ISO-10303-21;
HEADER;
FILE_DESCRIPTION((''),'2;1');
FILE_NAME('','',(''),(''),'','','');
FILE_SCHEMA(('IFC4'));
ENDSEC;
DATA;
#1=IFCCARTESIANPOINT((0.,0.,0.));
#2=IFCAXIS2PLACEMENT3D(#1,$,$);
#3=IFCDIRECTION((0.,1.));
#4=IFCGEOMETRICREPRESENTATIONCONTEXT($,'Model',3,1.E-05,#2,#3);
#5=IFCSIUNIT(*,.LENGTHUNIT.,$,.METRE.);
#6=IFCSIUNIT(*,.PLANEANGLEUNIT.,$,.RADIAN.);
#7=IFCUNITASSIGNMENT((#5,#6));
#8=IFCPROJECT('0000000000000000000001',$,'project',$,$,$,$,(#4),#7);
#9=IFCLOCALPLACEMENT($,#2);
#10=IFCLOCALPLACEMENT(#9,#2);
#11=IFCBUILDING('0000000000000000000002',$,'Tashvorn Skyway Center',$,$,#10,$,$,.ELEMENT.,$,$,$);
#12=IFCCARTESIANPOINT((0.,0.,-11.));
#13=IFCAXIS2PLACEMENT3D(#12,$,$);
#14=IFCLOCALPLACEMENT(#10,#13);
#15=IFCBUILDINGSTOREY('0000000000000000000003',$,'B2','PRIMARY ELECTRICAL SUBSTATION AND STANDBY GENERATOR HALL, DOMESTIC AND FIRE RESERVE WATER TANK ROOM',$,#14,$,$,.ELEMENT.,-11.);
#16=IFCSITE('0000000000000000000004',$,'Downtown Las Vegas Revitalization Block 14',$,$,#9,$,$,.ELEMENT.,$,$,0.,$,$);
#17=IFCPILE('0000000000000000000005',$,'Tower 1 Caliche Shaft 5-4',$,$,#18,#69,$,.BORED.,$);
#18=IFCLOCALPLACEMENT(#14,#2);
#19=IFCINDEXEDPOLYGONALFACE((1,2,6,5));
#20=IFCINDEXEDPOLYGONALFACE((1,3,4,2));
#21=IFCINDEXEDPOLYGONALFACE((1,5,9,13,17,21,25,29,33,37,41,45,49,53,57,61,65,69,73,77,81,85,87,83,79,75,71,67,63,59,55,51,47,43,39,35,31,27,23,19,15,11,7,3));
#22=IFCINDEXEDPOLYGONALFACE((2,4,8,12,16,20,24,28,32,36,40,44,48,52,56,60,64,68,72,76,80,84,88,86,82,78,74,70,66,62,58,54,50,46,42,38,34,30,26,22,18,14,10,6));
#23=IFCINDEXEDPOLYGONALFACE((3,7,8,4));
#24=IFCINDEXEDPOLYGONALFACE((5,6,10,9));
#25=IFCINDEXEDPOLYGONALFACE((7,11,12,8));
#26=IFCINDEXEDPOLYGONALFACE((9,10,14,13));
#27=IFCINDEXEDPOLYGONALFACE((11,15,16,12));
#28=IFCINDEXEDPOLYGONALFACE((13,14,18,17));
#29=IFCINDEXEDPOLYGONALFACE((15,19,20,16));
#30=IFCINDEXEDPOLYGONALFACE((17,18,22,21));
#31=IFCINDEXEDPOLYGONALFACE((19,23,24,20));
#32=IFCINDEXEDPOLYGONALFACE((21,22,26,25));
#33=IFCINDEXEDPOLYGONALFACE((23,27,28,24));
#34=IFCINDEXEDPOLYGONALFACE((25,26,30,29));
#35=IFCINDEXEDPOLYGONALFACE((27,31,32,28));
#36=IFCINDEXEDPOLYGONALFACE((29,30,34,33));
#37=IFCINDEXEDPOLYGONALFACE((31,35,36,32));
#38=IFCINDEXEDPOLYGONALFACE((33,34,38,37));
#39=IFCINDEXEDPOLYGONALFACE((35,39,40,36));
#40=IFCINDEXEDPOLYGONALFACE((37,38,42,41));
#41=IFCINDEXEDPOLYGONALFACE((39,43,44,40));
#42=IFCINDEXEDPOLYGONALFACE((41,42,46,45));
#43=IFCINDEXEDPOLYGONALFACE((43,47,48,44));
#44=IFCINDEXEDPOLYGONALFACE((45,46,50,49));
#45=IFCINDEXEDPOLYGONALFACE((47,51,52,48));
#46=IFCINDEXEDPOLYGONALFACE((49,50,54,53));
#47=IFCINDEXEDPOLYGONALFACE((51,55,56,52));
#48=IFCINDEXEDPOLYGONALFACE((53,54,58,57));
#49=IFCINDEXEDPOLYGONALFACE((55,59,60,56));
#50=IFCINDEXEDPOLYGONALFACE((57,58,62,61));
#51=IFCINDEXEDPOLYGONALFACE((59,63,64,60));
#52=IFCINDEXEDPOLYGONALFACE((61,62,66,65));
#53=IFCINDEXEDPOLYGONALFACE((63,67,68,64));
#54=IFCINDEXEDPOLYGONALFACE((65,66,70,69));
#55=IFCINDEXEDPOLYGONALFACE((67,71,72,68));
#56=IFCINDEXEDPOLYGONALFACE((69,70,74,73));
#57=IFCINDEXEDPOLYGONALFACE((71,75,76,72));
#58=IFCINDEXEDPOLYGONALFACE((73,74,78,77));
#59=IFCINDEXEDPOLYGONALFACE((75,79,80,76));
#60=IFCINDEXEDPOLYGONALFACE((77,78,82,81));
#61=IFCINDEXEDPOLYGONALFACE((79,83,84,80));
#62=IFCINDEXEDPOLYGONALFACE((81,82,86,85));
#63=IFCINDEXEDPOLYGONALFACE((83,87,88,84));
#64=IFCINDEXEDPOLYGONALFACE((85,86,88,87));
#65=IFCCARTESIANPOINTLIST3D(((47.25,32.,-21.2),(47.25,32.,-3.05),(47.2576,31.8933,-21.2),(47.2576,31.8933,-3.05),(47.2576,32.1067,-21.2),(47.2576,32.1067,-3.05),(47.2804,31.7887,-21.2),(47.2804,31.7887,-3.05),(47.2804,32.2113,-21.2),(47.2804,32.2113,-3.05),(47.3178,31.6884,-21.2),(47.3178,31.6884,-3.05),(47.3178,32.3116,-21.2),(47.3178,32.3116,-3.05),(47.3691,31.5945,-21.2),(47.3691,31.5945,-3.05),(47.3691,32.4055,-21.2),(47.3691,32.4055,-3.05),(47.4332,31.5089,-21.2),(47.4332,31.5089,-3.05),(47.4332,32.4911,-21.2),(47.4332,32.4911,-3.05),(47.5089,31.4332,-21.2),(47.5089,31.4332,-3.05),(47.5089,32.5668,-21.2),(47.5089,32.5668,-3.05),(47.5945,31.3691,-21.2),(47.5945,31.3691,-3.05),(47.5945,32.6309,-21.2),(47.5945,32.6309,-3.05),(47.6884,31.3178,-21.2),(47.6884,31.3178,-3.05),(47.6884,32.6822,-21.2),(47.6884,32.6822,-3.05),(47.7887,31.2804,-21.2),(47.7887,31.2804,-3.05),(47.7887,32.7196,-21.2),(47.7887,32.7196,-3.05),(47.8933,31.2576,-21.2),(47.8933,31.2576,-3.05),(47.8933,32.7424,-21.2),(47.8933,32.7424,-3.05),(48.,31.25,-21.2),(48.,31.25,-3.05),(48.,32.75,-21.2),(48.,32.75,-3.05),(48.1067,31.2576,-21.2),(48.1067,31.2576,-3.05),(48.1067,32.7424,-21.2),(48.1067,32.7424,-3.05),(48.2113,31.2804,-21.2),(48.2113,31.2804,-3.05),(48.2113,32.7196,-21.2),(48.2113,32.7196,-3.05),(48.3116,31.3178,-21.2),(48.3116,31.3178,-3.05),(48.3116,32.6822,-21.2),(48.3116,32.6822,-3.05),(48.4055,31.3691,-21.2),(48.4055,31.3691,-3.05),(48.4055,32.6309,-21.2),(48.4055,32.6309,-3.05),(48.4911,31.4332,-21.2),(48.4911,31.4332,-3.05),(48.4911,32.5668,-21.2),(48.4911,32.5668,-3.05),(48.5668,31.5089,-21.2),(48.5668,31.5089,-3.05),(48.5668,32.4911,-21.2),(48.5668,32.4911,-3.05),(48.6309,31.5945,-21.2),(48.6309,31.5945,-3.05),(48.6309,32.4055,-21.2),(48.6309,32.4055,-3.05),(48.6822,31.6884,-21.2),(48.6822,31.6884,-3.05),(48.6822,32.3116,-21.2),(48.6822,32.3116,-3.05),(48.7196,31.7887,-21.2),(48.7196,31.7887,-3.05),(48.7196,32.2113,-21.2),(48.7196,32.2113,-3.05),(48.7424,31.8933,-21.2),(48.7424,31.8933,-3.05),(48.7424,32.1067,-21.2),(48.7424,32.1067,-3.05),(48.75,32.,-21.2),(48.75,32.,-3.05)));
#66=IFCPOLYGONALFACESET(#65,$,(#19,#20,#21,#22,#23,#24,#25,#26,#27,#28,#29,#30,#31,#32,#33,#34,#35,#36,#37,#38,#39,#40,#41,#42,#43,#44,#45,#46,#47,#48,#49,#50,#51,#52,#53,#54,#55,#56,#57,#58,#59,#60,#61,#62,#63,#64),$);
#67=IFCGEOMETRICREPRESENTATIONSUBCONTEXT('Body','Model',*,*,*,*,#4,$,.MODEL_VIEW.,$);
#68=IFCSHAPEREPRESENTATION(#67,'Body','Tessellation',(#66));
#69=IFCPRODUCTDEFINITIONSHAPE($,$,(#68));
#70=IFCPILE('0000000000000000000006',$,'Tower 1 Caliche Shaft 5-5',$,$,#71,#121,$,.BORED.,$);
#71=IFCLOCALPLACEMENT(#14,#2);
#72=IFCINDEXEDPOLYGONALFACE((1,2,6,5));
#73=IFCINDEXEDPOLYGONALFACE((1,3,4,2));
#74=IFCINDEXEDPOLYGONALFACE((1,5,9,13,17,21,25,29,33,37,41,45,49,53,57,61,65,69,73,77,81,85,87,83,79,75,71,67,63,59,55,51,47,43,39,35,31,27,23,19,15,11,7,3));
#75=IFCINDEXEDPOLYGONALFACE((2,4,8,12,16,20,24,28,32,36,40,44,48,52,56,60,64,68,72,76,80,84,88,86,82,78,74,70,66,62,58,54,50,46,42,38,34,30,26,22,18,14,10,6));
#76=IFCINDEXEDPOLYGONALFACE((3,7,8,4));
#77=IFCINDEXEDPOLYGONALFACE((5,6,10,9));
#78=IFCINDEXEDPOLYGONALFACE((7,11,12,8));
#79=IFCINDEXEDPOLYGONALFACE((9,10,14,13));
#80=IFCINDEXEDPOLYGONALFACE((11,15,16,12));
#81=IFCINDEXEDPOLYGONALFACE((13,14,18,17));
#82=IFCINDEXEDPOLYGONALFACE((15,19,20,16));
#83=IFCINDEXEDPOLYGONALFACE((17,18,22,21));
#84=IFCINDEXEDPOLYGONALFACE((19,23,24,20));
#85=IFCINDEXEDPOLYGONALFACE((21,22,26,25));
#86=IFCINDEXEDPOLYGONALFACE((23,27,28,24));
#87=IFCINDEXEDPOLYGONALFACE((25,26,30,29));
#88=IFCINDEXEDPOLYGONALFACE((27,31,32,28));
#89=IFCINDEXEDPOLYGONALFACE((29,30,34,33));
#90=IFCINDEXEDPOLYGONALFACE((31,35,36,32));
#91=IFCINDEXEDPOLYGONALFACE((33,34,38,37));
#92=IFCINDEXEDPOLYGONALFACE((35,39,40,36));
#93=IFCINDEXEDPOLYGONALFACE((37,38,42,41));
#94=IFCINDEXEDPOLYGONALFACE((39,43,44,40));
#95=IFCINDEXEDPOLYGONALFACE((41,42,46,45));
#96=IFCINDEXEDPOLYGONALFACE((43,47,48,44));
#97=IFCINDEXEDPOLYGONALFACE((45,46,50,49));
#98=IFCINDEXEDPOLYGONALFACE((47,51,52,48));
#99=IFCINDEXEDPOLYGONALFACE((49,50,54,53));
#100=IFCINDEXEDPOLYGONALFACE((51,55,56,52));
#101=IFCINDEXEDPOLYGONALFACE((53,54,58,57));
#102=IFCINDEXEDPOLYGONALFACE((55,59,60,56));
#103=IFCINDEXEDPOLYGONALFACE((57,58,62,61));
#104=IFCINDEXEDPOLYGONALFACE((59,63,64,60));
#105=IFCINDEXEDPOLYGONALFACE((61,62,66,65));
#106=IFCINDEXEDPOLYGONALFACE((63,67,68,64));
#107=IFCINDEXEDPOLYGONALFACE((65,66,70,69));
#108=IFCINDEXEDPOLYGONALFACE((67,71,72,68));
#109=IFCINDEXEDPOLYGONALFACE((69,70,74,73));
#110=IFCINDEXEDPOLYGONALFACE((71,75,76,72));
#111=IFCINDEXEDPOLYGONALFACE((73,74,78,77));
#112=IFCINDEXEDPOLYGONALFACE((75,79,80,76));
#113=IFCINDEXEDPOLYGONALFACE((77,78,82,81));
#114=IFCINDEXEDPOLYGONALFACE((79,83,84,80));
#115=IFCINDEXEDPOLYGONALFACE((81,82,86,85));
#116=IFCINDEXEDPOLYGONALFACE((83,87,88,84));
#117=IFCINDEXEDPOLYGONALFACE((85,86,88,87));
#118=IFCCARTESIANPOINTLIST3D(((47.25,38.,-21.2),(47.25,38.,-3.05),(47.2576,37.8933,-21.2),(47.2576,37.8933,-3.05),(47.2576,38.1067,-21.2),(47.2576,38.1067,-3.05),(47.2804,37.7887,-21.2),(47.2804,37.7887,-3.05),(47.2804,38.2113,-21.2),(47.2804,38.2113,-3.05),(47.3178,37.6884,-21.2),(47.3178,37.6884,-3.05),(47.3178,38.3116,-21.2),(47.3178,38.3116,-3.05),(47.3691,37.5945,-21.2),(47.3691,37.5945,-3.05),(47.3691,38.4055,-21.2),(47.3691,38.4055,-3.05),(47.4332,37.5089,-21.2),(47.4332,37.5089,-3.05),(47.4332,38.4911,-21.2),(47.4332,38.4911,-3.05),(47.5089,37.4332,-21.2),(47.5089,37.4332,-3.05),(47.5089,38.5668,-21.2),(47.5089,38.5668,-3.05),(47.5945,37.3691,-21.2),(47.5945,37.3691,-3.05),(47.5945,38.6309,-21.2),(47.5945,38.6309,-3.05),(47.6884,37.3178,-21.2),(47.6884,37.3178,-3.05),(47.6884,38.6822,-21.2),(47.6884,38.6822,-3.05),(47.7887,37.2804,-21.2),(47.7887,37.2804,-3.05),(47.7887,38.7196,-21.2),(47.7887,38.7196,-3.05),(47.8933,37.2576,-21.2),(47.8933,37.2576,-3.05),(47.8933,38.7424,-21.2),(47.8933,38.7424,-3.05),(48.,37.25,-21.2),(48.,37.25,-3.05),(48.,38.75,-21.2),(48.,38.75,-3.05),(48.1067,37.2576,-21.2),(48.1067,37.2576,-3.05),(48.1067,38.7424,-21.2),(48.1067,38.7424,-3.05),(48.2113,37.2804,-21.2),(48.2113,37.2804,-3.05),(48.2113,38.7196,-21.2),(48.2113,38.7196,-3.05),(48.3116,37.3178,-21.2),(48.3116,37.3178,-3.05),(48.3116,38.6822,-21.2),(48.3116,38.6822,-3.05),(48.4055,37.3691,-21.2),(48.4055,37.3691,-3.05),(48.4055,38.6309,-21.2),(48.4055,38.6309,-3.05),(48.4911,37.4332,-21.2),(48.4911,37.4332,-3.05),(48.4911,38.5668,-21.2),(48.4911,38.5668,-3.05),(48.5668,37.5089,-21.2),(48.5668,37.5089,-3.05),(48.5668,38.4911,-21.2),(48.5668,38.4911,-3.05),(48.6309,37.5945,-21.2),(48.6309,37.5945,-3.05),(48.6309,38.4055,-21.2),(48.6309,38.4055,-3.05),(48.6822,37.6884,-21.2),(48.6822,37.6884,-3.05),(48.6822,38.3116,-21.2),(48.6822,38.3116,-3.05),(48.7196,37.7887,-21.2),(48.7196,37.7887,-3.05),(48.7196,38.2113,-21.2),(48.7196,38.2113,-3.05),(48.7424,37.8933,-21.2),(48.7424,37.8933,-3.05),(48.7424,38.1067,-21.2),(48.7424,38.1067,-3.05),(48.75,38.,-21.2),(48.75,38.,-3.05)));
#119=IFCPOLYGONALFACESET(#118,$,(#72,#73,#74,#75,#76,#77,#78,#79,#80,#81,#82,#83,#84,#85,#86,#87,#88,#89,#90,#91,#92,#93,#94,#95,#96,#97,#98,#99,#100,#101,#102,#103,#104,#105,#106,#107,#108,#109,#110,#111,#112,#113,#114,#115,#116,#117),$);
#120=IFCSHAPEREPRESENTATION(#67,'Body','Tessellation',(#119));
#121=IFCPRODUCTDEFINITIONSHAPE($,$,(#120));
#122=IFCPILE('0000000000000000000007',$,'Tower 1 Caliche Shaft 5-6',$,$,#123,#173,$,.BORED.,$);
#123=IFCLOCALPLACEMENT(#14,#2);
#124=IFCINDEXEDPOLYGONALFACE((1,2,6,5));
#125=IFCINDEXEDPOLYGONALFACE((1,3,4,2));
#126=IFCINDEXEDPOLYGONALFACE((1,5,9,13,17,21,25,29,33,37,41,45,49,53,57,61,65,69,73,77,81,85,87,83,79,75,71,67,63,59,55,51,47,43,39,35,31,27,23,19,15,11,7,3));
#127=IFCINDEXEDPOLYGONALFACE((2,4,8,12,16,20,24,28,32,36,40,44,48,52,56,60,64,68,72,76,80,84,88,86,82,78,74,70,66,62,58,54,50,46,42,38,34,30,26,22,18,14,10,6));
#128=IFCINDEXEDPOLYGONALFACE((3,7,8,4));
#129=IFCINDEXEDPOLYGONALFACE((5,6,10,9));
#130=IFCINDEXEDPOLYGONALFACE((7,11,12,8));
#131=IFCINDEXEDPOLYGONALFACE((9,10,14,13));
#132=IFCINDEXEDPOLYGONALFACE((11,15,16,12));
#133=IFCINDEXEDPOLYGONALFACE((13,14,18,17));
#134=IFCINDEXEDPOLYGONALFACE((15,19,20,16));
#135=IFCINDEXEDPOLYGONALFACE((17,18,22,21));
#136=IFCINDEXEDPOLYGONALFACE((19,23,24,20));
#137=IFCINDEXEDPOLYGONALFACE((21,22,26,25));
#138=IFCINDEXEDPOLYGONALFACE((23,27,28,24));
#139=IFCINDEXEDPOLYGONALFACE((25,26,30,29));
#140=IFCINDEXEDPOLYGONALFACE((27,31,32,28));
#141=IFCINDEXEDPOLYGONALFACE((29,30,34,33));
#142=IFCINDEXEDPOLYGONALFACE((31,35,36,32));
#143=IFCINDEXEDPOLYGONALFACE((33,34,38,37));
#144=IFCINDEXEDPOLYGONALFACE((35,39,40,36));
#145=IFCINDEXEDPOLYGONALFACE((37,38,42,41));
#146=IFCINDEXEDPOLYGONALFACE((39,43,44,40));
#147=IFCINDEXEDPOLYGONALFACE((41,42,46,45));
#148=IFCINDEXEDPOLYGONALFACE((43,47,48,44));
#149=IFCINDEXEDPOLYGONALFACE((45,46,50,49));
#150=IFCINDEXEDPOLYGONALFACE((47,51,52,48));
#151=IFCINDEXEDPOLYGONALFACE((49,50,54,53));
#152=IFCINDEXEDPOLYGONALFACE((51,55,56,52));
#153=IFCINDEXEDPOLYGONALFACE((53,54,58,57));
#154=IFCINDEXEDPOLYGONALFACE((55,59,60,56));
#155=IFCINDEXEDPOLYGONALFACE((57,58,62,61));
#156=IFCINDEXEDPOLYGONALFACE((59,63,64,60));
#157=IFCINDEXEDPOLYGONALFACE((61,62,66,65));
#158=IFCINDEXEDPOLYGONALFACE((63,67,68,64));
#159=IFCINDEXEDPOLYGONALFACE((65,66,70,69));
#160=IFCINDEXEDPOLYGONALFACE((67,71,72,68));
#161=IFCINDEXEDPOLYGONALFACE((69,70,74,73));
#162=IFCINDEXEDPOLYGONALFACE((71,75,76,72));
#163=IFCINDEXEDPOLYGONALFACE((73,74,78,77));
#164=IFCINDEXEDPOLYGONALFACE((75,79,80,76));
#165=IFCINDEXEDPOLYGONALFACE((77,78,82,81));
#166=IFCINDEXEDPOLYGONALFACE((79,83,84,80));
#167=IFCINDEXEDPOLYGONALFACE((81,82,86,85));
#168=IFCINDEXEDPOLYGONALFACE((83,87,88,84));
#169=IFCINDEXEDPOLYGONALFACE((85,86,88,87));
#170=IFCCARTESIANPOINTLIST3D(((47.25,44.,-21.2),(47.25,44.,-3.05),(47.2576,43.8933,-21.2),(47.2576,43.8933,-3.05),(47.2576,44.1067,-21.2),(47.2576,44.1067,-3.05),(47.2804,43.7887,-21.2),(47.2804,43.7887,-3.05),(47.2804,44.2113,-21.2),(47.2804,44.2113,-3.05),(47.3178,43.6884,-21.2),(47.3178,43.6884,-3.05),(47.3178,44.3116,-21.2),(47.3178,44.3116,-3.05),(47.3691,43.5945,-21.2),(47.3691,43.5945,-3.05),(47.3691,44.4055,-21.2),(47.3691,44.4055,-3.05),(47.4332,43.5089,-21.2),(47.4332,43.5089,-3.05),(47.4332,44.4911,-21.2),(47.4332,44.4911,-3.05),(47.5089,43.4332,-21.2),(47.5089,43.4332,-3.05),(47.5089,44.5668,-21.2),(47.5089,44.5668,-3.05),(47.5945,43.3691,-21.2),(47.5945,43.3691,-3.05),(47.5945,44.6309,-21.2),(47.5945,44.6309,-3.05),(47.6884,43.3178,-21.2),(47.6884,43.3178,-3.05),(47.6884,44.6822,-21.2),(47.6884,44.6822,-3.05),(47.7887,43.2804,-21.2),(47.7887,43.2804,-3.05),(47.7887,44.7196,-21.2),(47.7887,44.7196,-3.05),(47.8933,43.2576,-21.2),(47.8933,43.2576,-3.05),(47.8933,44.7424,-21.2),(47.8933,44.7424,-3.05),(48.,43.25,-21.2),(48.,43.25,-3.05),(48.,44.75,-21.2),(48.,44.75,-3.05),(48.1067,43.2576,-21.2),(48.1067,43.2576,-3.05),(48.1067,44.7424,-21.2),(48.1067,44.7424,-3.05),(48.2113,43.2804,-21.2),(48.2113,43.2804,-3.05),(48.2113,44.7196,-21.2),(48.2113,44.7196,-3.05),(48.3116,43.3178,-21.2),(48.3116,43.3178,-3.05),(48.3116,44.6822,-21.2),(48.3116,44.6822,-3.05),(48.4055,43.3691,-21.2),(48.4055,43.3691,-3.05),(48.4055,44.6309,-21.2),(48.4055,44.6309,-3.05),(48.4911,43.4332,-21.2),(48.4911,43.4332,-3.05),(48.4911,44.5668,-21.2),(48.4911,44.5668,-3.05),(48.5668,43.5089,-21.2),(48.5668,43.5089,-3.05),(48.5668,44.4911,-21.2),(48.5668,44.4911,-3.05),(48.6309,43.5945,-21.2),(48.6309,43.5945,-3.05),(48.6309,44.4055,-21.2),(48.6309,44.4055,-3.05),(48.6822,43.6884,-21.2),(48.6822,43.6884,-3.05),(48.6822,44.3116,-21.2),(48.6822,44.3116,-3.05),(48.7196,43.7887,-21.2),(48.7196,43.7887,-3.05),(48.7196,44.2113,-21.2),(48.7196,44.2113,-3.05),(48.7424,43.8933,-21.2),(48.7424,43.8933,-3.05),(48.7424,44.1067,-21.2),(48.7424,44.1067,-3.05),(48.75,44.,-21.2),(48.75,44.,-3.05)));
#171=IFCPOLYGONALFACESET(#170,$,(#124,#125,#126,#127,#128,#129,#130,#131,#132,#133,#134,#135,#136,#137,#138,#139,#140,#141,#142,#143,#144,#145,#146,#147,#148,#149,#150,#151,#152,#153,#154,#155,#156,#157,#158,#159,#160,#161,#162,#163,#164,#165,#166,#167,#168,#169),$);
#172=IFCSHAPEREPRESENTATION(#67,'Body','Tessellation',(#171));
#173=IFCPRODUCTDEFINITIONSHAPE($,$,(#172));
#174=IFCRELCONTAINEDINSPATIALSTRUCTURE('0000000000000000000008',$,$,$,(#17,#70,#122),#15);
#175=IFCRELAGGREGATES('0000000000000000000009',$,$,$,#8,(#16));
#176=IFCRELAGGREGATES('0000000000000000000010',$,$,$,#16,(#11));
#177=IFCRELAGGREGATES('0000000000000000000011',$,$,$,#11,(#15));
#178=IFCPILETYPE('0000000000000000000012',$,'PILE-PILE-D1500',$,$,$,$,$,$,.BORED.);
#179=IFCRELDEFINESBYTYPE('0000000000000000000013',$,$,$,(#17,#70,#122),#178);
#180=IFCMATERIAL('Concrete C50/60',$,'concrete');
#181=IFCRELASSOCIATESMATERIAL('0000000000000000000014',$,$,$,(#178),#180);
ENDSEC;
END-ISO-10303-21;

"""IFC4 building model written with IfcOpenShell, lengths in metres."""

from ifc_helpers import new_model, si_unit, direction, frame, origin, origin_2d, place, context, subcontext, project, spatial, circle, extrude, material, material_profile, profile_set, type_object, element, save


model = new_model("IFC4")

# Units and contexts
model_context = context("Model", 3, precision=1e-05, world=origin(), true_north=direction((0.0, 1.0)))
body_context = subcontext(model_context, "Body", "Model", "MODEL_VIEW")
ifc_project = project(units=[si_unit("LENGTHUNIT", "METRE"), si_unit("PLANEANGLEUNIT", "RADIAN")], contexts=[model_context])

# Site, building, storey
site_placement = place(None, origin())
site = spatial("IfcSite", under=ifc_project, at=site_placement, Name="Downtown Las Vegas Revitalization Block 14", CompositionType="ELEMENT", RefElevation=0.0)
building_placement = place(site_placement, origin())
building = spatial("IfcBuilding", under=site, at=building_placement, Name="Tashvorn Skyway Center", CompositionType="ELEMENT")
storey_placement = place(building_placement, frame((0.0, 0.0, -11.0)))
storey = spatial("IfcBuildingStorey", under=building, at=storey_placement, Name="B2", Description="PRIMARY ELECTRICAL SUBSTATION AND STANDBY GENERATOR HALL, DOMESTIC AND FIRE RESERVE WATER TANK ROOM", CompositionType="ELEMENT", Elevation=-11.0)

# Piles
ifc_material_1 = material(Name="Concrete C50/60", Category="concrete")
ifc_material_profile_1 = material_profile(ifc_material_1, circle(Radius=0.75, at=origin_2d()), Name="PILE-D1500")
ifc_profile_set_1 = profile_set([ifc_material_profile_1], Name="Concrete C50/60")
pile_type = type_object("IfcPileType", Name="PILE-PILE-D1500", PredefinedType="BORED", material=ifc_profile_set_1)
for number, where, z_axis, x_axis, name in (
    (1, (48.0, 32.0, -3.05), (0.0, 0.0, -1.0), (1.0, 0.0, 0.0), "Tower 1 Caliche Shaft 5-4"),
    (2, (48.0, 38.0, -3.05), (0.0, 0.0, -1.0), (1.0, 0.0, 0.0), "Tower 1 Caliche Shaft 5-5"),
    (3, (48.0, 44.0, -3.05), (0.0, 0.0, -1.0), (1.0, 0.0, 0.0), "Tower 1 Caliche Shaft 5-6"),
):
    element("IfcPile", number, at=place(storey_placement, frame(where, z_axis=z_axis, x_axis=x_axis)), inside=storey, type_object=pile_type, Name=name, PredefinedType="BORED", context=body_context, shape_type="SweptSolid", body=[
        extrude(circle(Radius=0.75, at=origin_2d()), origin(), (0.0, 0.0, 1.0), 18.1499),
    ])

save(model, "model.ifc")
